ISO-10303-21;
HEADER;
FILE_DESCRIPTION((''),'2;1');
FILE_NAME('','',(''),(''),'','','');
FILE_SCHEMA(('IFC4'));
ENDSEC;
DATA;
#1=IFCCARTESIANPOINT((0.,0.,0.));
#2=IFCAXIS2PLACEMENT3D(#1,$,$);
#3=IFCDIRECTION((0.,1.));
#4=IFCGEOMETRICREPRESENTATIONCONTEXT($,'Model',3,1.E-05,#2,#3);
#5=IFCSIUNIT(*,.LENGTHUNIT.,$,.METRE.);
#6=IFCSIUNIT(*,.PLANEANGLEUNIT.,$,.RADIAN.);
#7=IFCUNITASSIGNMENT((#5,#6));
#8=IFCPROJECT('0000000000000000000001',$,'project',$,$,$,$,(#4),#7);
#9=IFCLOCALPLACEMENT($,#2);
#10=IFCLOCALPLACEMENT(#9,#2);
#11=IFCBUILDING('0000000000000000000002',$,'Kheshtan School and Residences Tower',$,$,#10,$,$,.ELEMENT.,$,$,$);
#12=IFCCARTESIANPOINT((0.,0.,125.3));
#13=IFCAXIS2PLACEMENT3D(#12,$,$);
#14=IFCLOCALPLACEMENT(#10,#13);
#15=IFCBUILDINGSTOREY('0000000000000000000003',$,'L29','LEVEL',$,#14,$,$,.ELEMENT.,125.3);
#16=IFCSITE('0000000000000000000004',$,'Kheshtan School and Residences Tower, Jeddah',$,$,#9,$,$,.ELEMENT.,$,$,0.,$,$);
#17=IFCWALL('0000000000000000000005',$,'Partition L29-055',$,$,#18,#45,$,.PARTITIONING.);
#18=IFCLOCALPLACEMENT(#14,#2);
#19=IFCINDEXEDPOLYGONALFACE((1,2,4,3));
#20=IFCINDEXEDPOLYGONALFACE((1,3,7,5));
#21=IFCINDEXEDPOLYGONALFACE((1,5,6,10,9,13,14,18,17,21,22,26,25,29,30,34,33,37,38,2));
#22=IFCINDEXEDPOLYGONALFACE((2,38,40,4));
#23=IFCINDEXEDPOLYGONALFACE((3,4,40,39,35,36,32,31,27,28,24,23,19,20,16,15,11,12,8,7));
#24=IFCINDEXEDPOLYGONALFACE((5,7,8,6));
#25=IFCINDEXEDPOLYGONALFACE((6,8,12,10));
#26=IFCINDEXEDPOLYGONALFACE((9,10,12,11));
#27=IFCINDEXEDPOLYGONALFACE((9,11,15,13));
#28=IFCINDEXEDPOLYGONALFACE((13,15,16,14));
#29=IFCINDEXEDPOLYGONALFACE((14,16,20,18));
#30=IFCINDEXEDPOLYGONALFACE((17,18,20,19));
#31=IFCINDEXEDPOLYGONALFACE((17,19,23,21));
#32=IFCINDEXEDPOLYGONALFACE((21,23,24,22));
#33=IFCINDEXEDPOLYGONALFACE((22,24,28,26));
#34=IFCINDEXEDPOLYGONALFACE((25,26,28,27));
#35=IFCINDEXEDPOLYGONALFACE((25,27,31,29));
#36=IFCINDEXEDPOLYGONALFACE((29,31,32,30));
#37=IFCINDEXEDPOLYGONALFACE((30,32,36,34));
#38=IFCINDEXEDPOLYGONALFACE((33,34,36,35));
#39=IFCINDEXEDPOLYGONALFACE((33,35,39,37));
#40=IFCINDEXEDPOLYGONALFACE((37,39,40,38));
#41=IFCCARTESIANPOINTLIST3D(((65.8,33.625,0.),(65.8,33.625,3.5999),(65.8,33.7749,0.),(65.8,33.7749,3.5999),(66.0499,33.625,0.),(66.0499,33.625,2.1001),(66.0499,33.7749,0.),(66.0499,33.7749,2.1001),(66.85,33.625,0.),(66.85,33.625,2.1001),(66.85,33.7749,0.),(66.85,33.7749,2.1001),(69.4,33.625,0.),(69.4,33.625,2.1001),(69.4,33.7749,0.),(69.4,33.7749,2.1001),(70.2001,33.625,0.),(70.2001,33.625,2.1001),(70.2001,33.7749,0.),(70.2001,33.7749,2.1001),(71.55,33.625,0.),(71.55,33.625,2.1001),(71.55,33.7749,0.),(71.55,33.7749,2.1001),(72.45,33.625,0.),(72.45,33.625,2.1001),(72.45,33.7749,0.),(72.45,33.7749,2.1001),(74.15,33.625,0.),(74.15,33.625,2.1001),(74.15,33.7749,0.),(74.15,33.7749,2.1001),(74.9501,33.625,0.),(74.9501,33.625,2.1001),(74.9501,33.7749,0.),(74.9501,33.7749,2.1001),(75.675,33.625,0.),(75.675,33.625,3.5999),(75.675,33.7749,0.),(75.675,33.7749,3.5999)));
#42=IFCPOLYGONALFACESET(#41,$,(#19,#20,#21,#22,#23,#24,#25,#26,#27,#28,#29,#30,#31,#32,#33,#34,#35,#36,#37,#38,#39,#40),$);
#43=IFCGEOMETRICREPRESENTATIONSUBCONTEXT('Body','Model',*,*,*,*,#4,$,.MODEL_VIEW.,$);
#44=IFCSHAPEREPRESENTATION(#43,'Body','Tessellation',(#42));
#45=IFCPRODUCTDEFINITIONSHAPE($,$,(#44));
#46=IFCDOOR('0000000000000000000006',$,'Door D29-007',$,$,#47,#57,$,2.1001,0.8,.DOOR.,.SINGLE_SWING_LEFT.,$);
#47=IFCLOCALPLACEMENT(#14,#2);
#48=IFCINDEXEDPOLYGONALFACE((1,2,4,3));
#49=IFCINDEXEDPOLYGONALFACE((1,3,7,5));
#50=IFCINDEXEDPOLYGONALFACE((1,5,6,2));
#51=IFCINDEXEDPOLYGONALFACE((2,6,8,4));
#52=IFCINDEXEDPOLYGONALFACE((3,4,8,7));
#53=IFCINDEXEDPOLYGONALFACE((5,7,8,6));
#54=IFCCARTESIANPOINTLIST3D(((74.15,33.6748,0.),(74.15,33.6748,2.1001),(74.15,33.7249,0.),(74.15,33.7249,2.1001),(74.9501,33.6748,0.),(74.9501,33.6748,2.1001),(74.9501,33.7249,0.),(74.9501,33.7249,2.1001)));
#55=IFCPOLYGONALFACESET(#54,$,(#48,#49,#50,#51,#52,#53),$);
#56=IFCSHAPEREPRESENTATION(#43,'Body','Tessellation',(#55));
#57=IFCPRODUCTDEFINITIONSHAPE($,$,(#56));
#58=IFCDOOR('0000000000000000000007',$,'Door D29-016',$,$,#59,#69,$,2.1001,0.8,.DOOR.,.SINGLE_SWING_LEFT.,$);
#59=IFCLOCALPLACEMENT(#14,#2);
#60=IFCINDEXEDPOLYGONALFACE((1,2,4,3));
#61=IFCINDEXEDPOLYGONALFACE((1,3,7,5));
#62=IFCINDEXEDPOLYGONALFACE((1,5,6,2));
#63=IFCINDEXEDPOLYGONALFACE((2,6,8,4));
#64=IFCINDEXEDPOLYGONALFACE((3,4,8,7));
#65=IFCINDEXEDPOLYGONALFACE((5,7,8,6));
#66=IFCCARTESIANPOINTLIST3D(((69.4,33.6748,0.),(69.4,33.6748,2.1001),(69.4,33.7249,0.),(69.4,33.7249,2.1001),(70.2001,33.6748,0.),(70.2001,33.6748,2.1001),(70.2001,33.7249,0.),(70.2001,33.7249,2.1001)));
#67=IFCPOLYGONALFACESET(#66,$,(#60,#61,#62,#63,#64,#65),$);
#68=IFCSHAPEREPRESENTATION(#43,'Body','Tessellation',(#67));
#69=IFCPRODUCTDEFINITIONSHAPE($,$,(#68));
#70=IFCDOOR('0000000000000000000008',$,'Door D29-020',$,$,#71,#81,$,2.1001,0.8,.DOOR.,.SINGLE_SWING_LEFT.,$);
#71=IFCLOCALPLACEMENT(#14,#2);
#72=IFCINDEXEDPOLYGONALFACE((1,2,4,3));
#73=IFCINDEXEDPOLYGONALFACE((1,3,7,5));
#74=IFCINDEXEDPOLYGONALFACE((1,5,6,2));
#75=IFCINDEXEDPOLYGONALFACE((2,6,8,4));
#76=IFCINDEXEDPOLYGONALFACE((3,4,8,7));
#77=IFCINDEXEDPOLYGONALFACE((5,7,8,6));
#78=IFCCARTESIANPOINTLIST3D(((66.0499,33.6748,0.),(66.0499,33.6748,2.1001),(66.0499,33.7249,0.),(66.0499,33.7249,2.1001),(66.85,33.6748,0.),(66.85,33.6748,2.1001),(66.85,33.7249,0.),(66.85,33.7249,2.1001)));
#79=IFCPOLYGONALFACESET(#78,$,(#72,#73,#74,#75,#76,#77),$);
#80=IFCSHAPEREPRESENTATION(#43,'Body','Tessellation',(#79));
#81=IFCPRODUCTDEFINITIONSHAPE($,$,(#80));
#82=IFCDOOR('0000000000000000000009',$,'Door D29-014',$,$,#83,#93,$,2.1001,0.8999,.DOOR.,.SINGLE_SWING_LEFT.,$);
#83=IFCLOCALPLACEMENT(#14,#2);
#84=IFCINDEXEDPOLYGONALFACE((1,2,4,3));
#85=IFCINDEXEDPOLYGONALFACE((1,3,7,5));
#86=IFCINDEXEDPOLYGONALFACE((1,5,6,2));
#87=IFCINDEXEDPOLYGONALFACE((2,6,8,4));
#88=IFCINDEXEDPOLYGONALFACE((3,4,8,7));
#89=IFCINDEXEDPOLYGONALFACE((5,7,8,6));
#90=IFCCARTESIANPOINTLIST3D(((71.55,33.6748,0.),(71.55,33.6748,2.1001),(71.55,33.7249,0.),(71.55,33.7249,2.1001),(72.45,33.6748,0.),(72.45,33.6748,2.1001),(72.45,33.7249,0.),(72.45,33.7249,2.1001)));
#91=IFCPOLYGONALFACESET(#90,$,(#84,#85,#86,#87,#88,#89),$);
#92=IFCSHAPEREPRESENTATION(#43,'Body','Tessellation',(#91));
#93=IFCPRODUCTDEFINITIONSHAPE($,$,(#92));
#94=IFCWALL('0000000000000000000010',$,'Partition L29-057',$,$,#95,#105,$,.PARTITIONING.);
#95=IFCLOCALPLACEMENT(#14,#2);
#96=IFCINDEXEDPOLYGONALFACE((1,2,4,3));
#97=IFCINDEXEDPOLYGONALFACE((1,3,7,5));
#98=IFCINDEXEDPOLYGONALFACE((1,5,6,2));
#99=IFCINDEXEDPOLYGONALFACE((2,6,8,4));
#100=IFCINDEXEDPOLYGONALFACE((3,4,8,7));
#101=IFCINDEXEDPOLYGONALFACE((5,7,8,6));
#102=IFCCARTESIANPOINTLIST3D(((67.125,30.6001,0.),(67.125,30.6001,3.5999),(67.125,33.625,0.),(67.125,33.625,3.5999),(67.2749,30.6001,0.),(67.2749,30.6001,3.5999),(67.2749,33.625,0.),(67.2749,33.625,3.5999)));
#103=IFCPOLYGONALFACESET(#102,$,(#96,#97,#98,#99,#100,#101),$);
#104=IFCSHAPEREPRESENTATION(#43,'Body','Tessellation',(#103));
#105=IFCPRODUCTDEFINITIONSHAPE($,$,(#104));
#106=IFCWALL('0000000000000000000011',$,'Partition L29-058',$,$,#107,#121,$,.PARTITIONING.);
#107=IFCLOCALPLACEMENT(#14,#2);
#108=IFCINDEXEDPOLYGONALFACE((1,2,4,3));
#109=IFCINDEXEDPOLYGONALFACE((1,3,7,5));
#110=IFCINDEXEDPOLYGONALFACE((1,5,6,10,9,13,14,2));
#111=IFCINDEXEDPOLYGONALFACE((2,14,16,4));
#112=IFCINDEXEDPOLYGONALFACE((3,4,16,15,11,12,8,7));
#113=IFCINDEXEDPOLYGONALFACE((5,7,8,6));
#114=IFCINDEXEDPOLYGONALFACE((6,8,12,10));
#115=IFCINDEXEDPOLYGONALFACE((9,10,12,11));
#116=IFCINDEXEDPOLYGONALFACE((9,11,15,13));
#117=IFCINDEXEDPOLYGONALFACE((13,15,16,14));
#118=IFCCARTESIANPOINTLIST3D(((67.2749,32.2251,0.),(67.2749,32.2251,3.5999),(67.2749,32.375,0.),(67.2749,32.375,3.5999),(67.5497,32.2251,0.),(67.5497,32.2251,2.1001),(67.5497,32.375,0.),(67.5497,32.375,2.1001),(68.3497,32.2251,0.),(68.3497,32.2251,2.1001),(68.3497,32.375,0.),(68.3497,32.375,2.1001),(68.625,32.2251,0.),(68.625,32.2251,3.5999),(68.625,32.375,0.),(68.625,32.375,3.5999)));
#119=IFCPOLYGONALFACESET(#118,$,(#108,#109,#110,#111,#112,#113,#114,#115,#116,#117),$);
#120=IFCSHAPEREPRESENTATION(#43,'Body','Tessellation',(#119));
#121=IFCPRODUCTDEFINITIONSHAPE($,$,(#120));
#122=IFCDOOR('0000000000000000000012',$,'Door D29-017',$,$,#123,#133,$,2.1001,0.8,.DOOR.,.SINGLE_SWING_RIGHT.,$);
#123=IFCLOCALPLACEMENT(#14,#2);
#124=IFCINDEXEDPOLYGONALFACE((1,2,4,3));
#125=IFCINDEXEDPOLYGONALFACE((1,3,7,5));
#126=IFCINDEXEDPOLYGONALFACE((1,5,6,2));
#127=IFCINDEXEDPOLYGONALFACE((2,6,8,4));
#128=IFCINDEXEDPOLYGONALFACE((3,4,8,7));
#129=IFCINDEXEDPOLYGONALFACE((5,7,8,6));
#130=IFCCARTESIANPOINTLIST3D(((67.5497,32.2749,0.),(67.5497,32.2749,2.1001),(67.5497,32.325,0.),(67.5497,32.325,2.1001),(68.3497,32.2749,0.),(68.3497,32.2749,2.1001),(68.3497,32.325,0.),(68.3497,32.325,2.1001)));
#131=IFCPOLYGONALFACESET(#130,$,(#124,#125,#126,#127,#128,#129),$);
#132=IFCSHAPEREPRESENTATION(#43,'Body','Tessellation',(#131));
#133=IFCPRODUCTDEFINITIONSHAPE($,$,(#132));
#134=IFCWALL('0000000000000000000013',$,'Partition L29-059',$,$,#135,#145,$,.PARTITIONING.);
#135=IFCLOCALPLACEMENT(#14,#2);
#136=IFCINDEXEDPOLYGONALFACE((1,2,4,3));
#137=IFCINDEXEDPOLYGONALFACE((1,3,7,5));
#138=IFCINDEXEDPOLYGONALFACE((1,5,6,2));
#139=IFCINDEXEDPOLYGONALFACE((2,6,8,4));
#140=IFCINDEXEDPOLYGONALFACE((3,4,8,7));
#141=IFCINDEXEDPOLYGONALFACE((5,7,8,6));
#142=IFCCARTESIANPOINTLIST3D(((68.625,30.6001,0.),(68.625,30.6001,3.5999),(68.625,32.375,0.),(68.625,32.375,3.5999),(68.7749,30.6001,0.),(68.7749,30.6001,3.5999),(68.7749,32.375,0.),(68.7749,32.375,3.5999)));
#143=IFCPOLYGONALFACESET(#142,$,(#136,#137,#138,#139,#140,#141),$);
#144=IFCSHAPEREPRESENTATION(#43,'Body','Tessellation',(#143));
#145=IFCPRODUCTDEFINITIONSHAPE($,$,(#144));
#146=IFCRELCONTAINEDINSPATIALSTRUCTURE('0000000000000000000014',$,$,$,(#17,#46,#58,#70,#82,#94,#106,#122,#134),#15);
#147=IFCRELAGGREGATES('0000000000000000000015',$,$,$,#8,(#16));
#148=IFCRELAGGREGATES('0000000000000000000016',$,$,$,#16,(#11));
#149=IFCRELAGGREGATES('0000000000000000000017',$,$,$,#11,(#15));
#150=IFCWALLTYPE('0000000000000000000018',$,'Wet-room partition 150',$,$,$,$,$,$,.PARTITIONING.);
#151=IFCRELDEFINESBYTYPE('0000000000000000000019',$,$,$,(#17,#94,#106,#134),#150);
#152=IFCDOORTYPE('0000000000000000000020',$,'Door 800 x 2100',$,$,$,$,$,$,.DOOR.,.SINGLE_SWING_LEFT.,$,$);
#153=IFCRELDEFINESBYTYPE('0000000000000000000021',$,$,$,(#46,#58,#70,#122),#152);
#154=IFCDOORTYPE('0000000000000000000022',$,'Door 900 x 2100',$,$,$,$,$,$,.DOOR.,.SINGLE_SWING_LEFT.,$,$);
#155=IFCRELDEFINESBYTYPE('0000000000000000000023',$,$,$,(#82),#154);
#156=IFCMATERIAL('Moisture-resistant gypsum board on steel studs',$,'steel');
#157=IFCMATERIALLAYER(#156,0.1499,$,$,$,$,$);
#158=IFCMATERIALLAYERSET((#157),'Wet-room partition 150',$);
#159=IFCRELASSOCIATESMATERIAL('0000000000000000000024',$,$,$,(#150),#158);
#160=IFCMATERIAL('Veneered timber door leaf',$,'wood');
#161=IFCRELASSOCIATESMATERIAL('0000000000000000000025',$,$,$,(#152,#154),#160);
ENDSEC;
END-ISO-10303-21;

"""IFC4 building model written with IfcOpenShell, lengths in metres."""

from ifc_helpers import new_model, si_unit, direction, frame, frame_2d, origin, place, context, subcontext, project, spatial, rectangle, extrude, source, transform, mapped, material, layer, layer_set, type_object, element, fill, save


model = new_model("IFC4")

# Units and contexts
model_context = context("Model", 3, precision=1e-05, world=origin(), true_north=direction((0.0, 1.0)))
body_context = subcontext(model_context, "Body", "Model", "MODEL_VIEW")
ifc_project = project(units=[si_unit("LENGTHUNIT", "METRE"), si_unit("PLANEANGLEUNIT", "RADIAN")], contexts=[model_context])

# Site, building, storey
site_placement = place(None, origin())
site = spatial("IfcSite", under=ifc_project, at=site_placement, Name="Kheshtan School and Residences Tower, Jeddah", CompositionType="ELEMENT", RefElevation=0.0)
building_placement = place(site_placement, origin())
building = spatial("IfcBuilding", under=site, at=building_placement, Name="Kheshtan School and Residences Tower", CompositionType="ELEMENT")
storey_placement = place(building_placement, frame((0.0, 0.0, 125.3)))
storey = spatial("IfcBuildingStorey", under=building, at=storey_placement, Name="L29", Description="LEVEL", CompositionType="ELEMENT", Elevation=125.3)

# Wall, openings, doors
ifc_material_1 = material(Name="Moisture-resistant gypsum board on steel studs", Category="steel")
ifc_layer_1 = layer(ifc_material_1, 0.1499)
ifc_layer_set_1 = layer_set([ifc_layer_1], Name="Wet-room partition 150")
wall_type_1 = type_object("IfcWallType", Name="Wet-room partition 150", PredefinedType="PARTITIONING", material=ifc_layer_set_1)
wall_1_placement = place(storey_placement, frame((65.8, 33.7, 0.0), z_axis=(0.0, 0.0, 1.0), x_axis=(1.0, 0.0, 0.0)))
wall_1 = element("IfcWall", 1, at=wall_1_placement, inside=storey, type_object=wall_type_1, Name="Partition L29-055", PredefinedType="PARTITIONING", context=body_context, shape_type="SweptSolid", body=[
    extrude(rectangle(XDim=9.875, YDim=0.1499, at=frame_2d((4.9375, 0.0))), origin(), (0.0, 0.0, 1.0), 3.5999),
])
opening_1_placement = place(wall_1_placement, frame((8.3501, 0.0, 0.0)))
opening_1 = element("IfcOpeningElement", 2, at=opening_1_placement, cuts=wall_1, PredefinedType="OPENING", context=body_context, shape_type="SweptSolid", body=[
    extrude(rectangle(XDim=0.8, YDim=2.1001, at=frame_2d((0.3999, 1.05))), frame((0.0, 0.085, 0.0), z_axis=(0.0, -1.0, 0.0), x_axis=(1.0, 0.0, 0.0)), (0.0, 0.0, 1.0), 0.1699),
])
opening_2_placement = place(wall_1_placement, frame((5.75, 0.0, 0.0)))
opening_2 = element("IfcOpeningElement", 3, at=opening_2_placement, cuts=wall_1, PredefinedType="OPENING", context=body_context, shape_type="SweptSolid", body=[
    extrude(rectangle(XDim=0.8999, YDim=2.1001, at=frame_2d((0.45, 1.05))), frame((0.0, 0.085, 0.0), z_axis=(0.0, -1.0, 0.0), x_axis=(1.0, 0.0, 0.0)), (0.0, 0.0, 1.0), 0.1699),
])
opening_3_placement = place(wall_1_placement, frame((3.6001, 0.0, 0.0)))
opening_3 = element("IfcOpeningElement", 4, at=opening_3_placement, cuts=wall_1, PredefinedType="OPENING", context=body_context, shape_type="SweptSolid", body=[
    extrude(rectangle(XDim=0.8, YDim=2.1001, at=frame_2d((0.3999, 1.05))), frame((0.0, 0.085, 0.0), z_axis=(0.0, -1.0, 0.0), x_axis=(1.0, 0.0, 0.0)), (0.0, 0.0, 1.0), 0.1699),
])
opening_4_placement = place(wall_1_placement, frame((0.25, 0.0, 0.0)))
opening_4 = element("IfcOpeningElement", 5, at=opening_4_placement, cuts=wall_1, PredefinedType="OPENING", context=body_context, shape_type="SweptSolid", body=[
    extrude(rectangle(XDim=0.8, YDim=2.1001, at=frame_2d((0.3999, 1.05))), frame((0.0, 0.085, 0.0), z_axis=(0.0, -1.0, 0.0), x_axis=(1.0, 0.0, 0.0)), (0.0, 0.0, 1.0), 0.1699),
])
ifc_material_2 = material(Name="Veneered timber door leaf", Category="wood")
door_type_1 = type_object("IfcDoorType", Name="Door 800 x 2100", OperationType="SINGLE_SWING_LEFT", PredefinedType="DOOR", material=ifc_material_2)
shared_shape_1 = source(origin(), body_context, "Body", "SweptSolid", [
    extrude(rectangle(XDim=0.8, YDim=2.1001, at=frame_2d((0.3999, 1.05))), frame((0.0, 0.0249, 0.0), z_axis=(0.0, -1.0, 0.0), x_axis=(1.0, 0.0, 0.0)), (0.0, 0.0, 1.0), 0.05),
])
door_1_placement = place(opening_1_placement, origin())
door_1 = element("IfcDoor", 6, at=door_1_placement, inside=storey, type_object=door_type_1, Name="Door D29-007", OperationType="SINGLE_SWING_LEFT", OverallHeight=2.1001, OverallWidth=0.8, PredefinedType="DOOR", context=body_context, shape_type="MappedRepresentation", body=[
    mapped(shared_shape_1, transform((0.0, 0.0, 0.0), x_axis=(1.0, 0.0, 0.0), y_axis=(0.0, 1.0, 0.0), z_axis=(0.0, 0.0, 1.0), scale=1.0)),
])
fill(opening_1, door_1)
door_2_placement = place(opening_3_placement, origin())
door_2 = element("IfcDoor", 7, at=door_2_placement, inside=storey, type_object=door_type_1, Name="Door D29-016", OperationType="SINGLE_SWING_LEFT", OverallHeight=2.1001, OverallWidth=0.8, PredefinedType="DOOR", context=body_context, shape_type="MappedRepresentation", body=[
    mapped(shared_shape_1, transform((0.0, 0.0, 0.0), x_axis=(1.0, 0.0, 0.0), y_axis=(0.0, 1.0, 0.0), z_axis=(0.0, 0.0, 1.0), scale=1.0)),
])
fill(opening_3, door_2)
door_3_placement = place(opening_4_placement, origin())
door_3 = element("IfcDoor", 8, at=door_3_placement, inside=storey, type_object=door_type_1, Name="Door D29-020", OperationType="SINGLE_SWING_LEFT", OverallHeight=2.1001, OverallWidth=0.8, PredefinedType="DOOR", context=body_context, shape_type="MappedRepresentation", body=[
    mapped(shared_shape_1, transform((0.0, 0.0, 0.0), x_axis=(1.0, 0.0, 0.0), y_axis=(0.0, 1.0, 0.0), z_axis=(0.0, 0.0, 1.0), scale=1.0)),
])
fill(opening_4, door_3)
door_type_2 = type_object("IfcDoorType", Name="Door 900 x 2100", OperationType="SINGLE_SWING_LEFT", PredefinedType="DOOR", material=ifc_material_2)
shared_shape_2 = source(origin(), body_context, "Body", "SweptSolid", [
    extrude(rectangle(XDim=0.8999, YDim=2.1001, at=frame_2d((0.45, 1.05))), frame((0.0, 0.0249, 0.0), z_axis=(0.0, -1.0, 0.0), x_axis=(1.0, 0.0, 0.0)), (0.0, 0.0, 1.0), 0.05),
])
door_4_placement = place(opening_2_placement, origin())
door_4 = element("IfcDoor", 9, at=door_4_placement, inside=storey, type_object=door_type_2, Name="Door D29-014", OperationType="SINGLE_SWING_LEFT", OverallHeight=2.1001, OverallWidth=0.8999, PredefinedType="DOOR", context=body_context, shape_type="MappedRepresentation", body=[
    mapped(shared_shape_2, transform((0.0, 0.0, 0.0), x_axis=(1.0, 0.0, 0.0), y_axis=(0.0, 1.0, 0.0), z_axis=(0.0, 0.0, 1.0), scale=1.0)),
])
fill(opening_2, door_4)

# Wall
wall_2_placement = place(storey_placement, frame((67.2, 30.6001, 0.0), z_axis=(0.0, 0.0, 1.0), x_axis=(0.0, 1.0, 0.0)))
element("IfcWall", 10, at=wall_2_placement, inside=storey, type_object=wall_type_1, Name="Partition L29-057", PredefinedType="PARTITIONING", context=body_context, shape_type="SweptSolid", body=[
    extrude(rectangle(XDim=3.0249, YDim=0.1499, at=frame_2d((1.5125, 0.0))), origin(), (0.0, 0.0, 1.0), 3.5999),
])

# Wall, opening, door
wall_3_placement = place(storey_placement, frame((67.2749, 32.3, 0.0), z_axis=(0.0, 0.0, 1.0), x_axis=(1.0, 0.0, 0.0)))
wall_3 = element("IfcWall", 11, at=wall_3_placement, inside=storey, type_object=wall_type_1, Name="Partition L29-058", PredefinedType="PARTITIONING", context=body_context, shape_type="SweptSolid", body=[
    extrude(rectangle(XDim=1.3501, YDim=0.1499, at=frame_2d((0.675, 0.0))), origin(), (0.0, 0.0, 1.0), 3.5999),
])
opening_5_placement = place(wall_3_placement, frame((0.2749, 0.0, 0.0)))
opening_5 = element("IfcOpeningElement", 12, at=opening_5_placement, cuts=wall_3, PredefinedType="OPENING", context=body_context, shape_type="SweptSolid", body=[
    extrude(rectangle(XDim=0.8, YDim=2.1001, at=frame_2d((0.3999, 1.05))), frame((0.0, 0.085, 0.0), z_axis=(0.0, -1.0, 0.0), x_axis=(1.0, 0.0, 0.0)), (0.0, 0.0, 1.0), 0.1699),
])
door_5_placement = place(opening_5_placement, origin())
door_5 = element("IfcDoor", 13, at=door_5_placement, inside=storey, type_object=door_type_1, Name="Door D29-017", OperationType="SINGLE_SWING_RIGHT", OverallHeight=2.1001, OverallWidth=0.8, PredefinedType="DOOR", context=body_context, shape_type="MappedRepresentation", body=[
    mapped(shared_shape_1, transform((0.0, 0.0, 0.0), x_axis=(1.0, 0.0, 0.0), y_axis=(0.0, 1.0, 0.0), z_axis=(0.0, 0.0, 1.0), scale=1.0)),
])
fill(opening_5, door_5)

# Wall
wall_4_placement = place(storey_placement, frame((68.7, 30.6001, 0.0), z_axis=(0.0, 0.0, 1.0), x_axis=(0.0, 1.0, 0.0)))
element("IfcWall", 14, at=wall_4_placement, inside=storey, type_object=wall_type_1, Name="Partition L29-059", PredefinedType="PARTITIONING", context=body_context, shape_type="SweptSolid", body=[
    extrude(rectangle(XDim=1.7749, YDim=0.1499, at=frame_2d((0.8875, 0.0))), origin(), (0.0, 0.0, 1.0), 3.5999),
])

save(model, "model.ifc")
